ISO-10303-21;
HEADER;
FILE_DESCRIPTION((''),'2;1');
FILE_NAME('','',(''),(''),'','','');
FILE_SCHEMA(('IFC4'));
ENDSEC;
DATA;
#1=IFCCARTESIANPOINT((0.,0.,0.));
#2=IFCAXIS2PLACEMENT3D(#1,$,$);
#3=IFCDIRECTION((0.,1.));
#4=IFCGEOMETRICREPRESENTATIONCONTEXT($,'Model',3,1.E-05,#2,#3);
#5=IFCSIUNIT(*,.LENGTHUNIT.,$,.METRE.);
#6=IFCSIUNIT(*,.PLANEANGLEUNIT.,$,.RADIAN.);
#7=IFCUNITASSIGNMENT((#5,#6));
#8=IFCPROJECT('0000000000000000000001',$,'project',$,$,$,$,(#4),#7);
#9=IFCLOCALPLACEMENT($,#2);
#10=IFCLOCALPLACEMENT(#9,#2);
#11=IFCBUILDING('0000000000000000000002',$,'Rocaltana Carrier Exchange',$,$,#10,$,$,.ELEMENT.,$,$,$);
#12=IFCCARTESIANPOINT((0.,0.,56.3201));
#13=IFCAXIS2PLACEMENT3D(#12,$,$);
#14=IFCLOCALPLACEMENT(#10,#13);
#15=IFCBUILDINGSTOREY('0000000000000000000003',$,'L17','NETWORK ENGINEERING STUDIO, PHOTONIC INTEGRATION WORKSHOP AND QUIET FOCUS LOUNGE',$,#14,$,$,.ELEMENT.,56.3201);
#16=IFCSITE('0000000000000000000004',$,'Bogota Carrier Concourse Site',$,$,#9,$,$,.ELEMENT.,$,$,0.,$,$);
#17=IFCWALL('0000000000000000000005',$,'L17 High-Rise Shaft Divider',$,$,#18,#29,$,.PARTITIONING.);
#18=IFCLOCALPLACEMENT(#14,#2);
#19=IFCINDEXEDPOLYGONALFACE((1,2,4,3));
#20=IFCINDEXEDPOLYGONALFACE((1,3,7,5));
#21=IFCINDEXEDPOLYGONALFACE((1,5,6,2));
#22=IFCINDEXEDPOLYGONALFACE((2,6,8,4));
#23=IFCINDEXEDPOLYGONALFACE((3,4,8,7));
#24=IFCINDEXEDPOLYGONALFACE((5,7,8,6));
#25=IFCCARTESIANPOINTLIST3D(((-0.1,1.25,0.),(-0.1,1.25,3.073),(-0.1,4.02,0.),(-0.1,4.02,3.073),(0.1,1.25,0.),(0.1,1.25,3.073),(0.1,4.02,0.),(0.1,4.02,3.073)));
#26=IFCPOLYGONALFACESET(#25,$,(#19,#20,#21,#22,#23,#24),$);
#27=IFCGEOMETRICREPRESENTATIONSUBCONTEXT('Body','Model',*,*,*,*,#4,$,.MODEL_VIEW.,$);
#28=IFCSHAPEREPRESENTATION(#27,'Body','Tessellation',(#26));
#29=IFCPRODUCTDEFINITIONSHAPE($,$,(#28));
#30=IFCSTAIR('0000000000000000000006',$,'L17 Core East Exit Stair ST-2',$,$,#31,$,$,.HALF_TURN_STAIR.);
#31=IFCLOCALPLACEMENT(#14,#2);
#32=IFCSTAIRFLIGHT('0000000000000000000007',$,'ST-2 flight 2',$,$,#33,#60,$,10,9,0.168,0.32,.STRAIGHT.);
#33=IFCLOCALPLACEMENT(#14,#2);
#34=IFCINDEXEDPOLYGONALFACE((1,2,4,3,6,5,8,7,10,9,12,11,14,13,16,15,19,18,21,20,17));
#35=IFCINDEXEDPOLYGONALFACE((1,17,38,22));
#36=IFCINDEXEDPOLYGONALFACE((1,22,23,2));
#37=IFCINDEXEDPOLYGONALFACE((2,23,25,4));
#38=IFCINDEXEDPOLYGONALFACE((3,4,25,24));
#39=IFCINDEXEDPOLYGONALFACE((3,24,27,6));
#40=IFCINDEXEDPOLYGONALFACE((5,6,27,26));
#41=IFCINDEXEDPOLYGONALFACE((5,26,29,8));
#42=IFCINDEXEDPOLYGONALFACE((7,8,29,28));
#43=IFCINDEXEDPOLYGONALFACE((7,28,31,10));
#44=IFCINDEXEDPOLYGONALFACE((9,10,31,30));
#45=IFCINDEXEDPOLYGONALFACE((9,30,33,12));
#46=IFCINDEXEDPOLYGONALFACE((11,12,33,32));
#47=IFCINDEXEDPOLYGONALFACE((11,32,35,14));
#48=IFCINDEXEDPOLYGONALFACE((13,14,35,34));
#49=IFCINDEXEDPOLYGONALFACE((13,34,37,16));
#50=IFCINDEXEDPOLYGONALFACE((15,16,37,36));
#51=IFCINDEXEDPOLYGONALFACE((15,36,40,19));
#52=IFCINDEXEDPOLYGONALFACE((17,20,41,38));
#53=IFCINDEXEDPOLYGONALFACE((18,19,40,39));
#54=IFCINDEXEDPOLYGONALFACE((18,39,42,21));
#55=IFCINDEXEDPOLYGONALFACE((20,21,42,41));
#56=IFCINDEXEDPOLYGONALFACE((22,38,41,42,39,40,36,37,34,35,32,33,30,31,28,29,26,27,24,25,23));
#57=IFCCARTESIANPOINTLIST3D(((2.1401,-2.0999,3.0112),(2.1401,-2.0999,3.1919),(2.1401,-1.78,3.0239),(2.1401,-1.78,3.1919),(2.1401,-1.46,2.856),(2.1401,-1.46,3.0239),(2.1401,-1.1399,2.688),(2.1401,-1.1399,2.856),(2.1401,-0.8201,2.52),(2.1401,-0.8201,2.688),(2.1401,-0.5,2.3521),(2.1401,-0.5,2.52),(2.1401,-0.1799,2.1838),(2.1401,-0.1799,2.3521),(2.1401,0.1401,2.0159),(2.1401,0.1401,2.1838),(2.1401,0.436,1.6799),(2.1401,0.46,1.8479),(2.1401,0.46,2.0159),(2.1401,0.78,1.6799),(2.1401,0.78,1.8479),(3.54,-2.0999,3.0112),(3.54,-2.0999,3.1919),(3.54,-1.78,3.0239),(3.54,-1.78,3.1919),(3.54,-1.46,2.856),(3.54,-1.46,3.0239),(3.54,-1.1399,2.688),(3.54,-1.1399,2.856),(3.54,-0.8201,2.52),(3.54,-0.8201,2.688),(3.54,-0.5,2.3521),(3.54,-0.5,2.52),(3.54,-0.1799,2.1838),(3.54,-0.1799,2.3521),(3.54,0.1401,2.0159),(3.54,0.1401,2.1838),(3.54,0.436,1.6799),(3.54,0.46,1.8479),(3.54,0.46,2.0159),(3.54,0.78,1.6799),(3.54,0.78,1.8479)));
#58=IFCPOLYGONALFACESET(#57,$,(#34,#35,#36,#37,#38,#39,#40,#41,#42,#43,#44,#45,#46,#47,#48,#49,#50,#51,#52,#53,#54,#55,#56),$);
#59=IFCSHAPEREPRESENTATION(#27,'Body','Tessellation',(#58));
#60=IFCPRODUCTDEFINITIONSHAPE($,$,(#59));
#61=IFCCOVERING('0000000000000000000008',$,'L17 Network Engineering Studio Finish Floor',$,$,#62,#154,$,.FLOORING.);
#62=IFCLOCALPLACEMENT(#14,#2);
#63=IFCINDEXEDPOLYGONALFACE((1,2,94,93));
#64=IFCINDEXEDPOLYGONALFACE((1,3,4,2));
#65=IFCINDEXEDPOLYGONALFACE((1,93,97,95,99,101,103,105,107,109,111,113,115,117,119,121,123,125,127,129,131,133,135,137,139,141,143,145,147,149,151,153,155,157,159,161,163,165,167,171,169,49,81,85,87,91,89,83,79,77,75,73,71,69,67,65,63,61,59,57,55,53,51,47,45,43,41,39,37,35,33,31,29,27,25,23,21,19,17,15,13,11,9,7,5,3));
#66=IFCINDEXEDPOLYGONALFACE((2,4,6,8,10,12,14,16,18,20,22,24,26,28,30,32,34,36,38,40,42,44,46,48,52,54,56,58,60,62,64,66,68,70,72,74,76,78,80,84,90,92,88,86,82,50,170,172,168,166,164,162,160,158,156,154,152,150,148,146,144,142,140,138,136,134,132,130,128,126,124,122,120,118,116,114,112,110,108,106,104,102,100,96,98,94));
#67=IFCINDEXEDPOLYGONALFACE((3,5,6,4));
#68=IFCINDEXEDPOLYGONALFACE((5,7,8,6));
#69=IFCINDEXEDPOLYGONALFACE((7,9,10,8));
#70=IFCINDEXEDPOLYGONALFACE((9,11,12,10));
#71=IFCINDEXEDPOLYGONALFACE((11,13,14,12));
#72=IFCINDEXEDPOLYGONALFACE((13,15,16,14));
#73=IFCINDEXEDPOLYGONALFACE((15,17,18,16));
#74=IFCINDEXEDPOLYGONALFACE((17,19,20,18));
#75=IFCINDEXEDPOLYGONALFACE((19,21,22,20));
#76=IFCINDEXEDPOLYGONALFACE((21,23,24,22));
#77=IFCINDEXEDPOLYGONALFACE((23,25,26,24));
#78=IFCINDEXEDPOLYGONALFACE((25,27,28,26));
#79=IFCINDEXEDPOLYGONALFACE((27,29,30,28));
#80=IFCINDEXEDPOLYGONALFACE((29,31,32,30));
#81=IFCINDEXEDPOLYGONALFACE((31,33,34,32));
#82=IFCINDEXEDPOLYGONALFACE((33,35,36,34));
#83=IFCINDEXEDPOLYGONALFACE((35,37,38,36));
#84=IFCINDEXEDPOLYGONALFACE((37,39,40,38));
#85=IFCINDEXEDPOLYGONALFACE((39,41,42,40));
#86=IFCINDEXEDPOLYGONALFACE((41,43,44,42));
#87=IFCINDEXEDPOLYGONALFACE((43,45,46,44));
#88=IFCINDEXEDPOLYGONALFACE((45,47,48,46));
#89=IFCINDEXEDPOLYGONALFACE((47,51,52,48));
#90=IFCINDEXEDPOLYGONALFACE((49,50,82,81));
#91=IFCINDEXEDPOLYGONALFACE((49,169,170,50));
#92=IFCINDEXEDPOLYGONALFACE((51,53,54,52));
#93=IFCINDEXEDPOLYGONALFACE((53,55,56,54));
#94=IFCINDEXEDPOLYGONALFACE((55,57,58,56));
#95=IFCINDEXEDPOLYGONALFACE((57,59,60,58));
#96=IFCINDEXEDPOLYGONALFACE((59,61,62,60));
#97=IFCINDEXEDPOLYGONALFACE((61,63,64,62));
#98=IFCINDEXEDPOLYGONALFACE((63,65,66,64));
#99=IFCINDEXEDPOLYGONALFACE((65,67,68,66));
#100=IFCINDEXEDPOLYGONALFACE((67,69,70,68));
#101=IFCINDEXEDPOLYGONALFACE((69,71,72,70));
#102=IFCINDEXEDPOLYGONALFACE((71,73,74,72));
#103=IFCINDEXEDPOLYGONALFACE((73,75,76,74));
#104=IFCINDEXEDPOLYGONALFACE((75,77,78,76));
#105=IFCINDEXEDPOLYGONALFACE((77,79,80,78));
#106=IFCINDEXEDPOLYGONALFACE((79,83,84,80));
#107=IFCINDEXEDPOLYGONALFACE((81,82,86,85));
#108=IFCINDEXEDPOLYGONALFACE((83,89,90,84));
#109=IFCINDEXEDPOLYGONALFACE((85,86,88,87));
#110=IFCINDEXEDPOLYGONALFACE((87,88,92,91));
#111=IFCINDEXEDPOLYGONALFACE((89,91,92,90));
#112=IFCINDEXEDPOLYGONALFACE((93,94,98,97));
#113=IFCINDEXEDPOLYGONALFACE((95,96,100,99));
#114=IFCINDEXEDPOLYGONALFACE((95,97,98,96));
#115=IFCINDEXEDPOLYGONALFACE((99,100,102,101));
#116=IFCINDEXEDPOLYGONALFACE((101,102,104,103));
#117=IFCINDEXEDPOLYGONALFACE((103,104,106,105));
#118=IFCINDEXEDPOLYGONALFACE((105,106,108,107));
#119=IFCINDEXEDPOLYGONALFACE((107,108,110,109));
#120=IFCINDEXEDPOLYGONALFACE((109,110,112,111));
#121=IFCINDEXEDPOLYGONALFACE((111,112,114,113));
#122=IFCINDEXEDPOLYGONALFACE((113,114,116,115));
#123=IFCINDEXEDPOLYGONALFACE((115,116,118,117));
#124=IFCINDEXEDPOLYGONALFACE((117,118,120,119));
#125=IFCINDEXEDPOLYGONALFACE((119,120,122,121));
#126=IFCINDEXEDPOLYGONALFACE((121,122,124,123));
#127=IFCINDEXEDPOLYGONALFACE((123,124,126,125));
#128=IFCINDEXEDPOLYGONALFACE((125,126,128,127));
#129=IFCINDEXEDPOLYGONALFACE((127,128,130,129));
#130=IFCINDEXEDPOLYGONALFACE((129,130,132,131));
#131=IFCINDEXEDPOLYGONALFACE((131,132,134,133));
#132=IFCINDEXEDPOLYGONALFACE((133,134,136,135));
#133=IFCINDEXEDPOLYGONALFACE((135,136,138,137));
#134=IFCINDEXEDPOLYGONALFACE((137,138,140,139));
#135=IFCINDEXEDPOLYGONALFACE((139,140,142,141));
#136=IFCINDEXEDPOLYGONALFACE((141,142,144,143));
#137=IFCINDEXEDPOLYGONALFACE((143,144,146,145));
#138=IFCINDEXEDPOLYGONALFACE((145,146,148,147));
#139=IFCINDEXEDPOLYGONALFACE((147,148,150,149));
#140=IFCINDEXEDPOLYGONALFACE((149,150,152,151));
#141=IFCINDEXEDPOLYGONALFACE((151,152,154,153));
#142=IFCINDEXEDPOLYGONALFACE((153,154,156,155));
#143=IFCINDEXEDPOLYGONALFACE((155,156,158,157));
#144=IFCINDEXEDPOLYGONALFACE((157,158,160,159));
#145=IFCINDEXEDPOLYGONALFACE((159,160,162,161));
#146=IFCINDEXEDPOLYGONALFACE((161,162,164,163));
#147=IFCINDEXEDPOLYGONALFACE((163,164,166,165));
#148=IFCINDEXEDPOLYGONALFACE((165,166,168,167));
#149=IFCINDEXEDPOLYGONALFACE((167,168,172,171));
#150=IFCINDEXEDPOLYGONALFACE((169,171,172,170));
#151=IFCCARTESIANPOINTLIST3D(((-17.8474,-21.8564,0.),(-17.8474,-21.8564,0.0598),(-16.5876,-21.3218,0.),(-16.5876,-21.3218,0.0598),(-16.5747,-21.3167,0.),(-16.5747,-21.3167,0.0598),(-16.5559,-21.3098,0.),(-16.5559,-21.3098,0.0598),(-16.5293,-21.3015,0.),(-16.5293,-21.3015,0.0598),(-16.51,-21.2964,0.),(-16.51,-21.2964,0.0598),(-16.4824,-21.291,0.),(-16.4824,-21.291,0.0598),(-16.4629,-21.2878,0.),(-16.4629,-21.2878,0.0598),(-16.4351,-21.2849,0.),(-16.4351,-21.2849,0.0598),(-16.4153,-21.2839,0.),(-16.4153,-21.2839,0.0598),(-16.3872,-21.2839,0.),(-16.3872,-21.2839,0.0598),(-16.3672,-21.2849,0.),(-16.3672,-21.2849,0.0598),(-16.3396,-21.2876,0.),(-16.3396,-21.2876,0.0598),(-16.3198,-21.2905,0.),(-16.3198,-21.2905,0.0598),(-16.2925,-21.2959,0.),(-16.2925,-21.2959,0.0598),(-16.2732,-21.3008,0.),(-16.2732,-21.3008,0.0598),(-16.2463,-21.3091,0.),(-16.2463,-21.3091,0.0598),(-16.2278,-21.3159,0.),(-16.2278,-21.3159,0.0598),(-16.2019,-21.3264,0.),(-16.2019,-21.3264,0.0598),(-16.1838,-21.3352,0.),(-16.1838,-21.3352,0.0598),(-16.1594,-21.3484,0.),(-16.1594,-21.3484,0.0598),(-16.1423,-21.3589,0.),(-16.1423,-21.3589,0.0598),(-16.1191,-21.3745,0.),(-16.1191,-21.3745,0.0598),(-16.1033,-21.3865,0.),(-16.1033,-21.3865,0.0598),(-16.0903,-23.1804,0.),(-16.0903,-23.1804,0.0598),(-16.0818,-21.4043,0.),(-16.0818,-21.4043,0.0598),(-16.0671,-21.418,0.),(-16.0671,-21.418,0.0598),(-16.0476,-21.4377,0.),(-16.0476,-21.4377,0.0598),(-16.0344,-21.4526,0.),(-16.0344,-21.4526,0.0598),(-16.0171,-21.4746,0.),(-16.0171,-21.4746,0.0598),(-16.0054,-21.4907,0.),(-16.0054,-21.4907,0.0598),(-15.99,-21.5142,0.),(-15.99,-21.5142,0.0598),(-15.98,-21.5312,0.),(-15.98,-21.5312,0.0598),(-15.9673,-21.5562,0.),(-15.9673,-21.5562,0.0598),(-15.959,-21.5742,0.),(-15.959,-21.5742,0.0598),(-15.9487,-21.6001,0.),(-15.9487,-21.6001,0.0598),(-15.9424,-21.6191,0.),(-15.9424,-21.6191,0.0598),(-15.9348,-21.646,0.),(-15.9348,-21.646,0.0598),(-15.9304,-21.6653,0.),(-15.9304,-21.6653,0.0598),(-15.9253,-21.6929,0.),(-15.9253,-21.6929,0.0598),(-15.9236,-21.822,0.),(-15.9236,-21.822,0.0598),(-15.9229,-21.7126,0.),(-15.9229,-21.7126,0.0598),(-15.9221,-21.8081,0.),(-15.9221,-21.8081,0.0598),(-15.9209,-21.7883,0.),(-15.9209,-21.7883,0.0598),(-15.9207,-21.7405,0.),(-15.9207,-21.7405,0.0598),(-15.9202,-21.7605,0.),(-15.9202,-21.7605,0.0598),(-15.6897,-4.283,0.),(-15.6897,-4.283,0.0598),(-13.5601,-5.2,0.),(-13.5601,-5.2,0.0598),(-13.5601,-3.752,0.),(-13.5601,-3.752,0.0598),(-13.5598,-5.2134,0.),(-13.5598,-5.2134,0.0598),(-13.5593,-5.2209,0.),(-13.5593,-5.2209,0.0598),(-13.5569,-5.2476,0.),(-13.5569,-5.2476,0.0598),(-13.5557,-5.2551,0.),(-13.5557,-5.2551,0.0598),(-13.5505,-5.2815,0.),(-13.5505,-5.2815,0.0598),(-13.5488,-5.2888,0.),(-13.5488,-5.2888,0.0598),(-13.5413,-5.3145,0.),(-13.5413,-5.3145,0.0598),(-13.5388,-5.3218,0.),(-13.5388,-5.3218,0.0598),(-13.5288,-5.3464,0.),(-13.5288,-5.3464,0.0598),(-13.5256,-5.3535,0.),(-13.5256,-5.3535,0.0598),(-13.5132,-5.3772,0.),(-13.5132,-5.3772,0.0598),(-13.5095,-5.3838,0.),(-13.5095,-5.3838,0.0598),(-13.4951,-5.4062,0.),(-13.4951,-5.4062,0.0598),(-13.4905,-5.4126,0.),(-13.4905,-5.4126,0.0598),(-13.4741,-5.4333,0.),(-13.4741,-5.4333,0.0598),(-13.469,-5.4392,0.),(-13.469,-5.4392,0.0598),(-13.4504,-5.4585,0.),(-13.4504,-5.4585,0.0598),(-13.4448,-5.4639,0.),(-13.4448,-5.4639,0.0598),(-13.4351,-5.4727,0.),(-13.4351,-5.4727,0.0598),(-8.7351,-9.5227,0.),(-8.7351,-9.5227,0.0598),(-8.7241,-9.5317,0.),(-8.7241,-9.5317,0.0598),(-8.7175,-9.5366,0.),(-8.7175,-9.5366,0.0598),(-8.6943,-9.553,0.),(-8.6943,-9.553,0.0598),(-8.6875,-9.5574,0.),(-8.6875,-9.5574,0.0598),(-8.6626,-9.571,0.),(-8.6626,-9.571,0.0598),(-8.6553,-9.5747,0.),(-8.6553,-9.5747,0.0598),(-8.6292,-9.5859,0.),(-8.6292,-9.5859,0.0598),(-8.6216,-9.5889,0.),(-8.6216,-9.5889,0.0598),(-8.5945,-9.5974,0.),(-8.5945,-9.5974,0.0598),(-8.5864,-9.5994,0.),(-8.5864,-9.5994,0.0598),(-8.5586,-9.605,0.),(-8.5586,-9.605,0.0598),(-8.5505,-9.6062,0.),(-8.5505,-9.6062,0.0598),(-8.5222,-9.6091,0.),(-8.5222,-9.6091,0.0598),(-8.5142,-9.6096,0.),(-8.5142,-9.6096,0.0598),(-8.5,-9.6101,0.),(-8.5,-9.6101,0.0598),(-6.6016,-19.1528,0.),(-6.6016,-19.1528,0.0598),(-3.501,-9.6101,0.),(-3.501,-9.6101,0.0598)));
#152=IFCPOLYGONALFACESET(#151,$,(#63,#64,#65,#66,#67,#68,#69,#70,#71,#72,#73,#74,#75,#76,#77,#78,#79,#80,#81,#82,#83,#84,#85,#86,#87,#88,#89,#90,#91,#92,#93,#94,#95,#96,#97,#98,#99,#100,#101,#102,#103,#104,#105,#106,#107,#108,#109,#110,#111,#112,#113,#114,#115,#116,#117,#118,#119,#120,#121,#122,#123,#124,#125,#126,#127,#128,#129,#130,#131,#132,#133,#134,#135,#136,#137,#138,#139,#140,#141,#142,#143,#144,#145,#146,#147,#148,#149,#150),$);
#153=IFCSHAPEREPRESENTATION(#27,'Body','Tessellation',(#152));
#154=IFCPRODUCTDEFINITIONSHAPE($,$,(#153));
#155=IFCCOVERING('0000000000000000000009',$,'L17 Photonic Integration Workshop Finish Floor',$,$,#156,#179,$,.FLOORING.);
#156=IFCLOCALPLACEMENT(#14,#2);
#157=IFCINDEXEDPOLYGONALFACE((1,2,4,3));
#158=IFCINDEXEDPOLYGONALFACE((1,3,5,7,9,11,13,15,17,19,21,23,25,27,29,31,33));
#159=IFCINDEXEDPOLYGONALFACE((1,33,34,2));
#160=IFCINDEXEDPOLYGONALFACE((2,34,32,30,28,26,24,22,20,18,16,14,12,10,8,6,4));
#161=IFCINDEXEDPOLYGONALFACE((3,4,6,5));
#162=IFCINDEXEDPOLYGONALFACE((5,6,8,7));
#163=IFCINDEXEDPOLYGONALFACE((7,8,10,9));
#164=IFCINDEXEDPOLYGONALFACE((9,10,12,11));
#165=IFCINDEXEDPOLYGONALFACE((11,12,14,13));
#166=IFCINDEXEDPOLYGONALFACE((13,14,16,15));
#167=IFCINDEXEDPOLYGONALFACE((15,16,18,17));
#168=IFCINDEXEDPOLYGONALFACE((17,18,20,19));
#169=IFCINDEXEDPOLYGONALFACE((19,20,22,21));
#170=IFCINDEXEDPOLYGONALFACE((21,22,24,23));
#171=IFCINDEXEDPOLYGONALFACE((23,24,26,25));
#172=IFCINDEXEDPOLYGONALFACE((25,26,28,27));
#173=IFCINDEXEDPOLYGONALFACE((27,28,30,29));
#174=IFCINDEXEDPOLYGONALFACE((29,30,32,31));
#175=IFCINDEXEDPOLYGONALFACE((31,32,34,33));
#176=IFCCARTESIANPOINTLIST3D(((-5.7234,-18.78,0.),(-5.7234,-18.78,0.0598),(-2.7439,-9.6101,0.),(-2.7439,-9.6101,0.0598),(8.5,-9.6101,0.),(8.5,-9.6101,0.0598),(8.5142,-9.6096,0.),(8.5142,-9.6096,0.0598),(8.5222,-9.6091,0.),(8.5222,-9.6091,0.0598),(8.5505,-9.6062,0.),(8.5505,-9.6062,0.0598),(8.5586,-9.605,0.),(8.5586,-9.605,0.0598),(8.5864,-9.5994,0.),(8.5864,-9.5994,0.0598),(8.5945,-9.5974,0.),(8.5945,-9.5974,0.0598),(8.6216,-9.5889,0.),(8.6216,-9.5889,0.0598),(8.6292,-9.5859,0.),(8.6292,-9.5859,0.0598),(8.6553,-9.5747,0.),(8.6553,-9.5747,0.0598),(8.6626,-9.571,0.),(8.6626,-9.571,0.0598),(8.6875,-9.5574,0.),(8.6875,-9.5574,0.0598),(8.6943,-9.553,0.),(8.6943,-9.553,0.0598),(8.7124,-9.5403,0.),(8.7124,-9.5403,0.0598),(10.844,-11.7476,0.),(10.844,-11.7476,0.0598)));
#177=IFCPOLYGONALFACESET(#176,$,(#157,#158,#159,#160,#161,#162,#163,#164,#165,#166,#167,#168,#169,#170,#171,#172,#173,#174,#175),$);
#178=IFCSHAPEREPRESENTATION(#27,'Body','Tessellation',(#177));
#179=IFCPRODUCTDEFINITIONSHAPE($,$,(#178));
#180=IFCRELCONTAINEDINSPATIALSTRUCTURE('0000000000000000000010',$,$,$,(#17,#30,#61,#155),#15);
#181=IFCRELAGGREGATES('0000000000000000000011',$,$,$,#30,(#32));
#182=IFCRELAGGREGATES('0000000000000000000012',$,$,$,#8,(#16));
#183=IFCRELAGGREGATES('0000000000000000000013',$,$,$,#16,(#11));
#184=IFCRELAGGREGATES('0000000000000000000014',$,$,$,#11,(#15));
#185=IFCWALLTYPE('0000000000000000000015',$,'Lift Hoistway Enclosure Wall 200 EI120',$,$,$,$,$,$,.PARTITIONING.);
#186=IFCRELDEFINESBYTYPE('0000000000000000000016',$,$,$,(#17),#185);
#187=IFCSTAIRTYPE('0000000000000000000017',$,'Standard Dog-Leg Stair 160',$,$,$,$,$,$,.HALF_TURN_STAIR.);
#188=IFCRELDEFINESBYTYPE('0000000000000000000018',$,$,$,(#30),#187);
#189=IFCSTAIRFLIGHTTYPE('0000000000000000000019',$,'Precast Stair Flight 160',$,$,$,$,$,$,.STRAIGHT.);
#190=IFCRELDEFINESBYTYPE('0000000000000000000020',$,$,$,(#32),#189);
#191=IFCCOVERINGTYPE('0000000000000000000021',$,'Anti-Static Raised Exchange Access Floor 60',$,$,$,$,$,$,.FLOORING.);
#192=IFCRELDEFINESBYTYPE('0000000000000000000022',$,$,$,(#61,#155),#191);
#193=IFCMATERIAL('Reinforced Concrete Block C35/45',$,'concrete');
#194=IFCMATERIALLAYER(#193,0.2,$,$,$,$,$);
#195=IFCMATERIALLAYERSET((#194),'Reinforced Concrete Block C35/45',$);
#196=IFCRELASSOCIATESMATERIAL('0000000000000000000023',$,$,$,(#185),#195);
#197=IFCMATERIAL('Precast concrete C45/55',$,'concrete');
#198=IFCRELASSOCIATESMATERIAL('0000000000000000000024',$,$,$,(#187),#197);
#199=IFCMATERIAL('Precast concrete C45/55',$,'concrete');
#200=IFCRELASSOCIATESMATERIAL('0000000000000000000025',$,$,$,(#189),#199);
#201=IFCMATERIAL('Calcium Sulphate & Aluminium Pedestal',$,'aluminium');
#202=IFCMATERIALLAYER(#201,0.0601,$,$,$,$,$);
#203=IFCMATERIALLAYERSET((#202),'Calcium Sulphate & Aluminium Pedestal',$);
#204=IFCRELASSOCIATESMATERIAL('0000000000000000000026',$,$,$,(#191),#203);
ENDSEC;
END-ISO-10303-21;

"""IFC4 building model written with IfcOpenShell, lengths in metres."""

from ifc_helpers import new_model, si_unit, direction, frame, frame_2d, origin, place, context, subcontext, project, spatial, polyline, rectangle, outline, extrude, material, layer, layer_set, type_object, element, aggregate, save


model = new_model("IFC4")

# Units and contexts
model_context = context("Model", 3, precision=1e-05, world=origin(), true_north=direction((0.0, 1.0)))
body_context = subcontext(model_context, "Body", "Model", "MODEL_VIEW")
ifc_project = project(units=[si_unit("LENGTHUNIT", "METRE"), si_unit("PLANEANGLEUNIT", "RADIAN")], contexts=[model_context])

# Site, building, storey
site_placement = place(None, origin())
site = spatial("IfcSite", under=ifc_project, at=site_placement, Name="Bogota Carrier Concourse Site", CompositionType="ELEMENT", RefElevation=0.0)
building_placement = place(site_placement, origin())
building = spatial("IfcBuilding", under=site, at=building_placement, Name="Rocaltana Carrier Exchange", CompositionType="ELEMENT")
storey_placement = place(building_placement, frame((0.0, 0.0, 56.3201)))
storey = spatial("IfcBuildingStorey", under=building, at=storey_placement, Name="L17", Description="NETWORK ENGINEERING STUDIO, PHOTONIC INTEGRATION WORKSHOP AND QUIET FOCUS LOUNGE", CompositionType="ELEMENT", Elevation=56.3201)

# Wall
ifc_material_1 = material(Name="Reinforced Concrete Block C35/45", Category="concrete")
ifc_layer_1 = layer(ifc_material_1, 0.2)
ifc_layer_set_1 = layer_set([ifc_layer_1], Name="Reinforced Concrete Block C35/45")
wall_type = type_object("IfcWallType", Name="Lift Hoistway Enclosure Wall 200 EI120", PredefinedType="PARTITIONING", material=ifc_layer_set_1)
wall_placement = place(storey_placement, frame((0.0, 1.25, 0.0), z_axis=(0.0, 0.0, 1.0), x_axis=(0.0, 1.0, 0.0)))
element("IfcWall", 1, at=wall_placement, inside=storey, type_object=wall_type, Name="L17 High-Rise Shaft Divider", PredefinedType="PARTITIONING", context=body_context, shape_type="SweptSolid", body=[
    extrude(rectangle(XDim=2.77, YDim=0.2, at=frame_2d((1.385, 0.0))), origin(), (0.0, 0.0, 1.0), 3.073),
])

# Stair, stair flight
ifc_material_2 = material(Name="Precast concrete C45/55", Category="concrete")
stair_type = type_object("IfcStairType", Name="Standard Dog-Leg Stair 160", PredefinedType="HALF_TURN_STAIR", material=ifc_material_2)
stair_placement = place(storey_placement, origin())
stair = element("IfcStair", 2, at=stair_placement, inside=storey, type_object=stair_type, Name="L17 Core East Exit Stair ST-2", PredefinedType="HALF_TURN_STAIR")
ifc_material_3 = material(Name="Precast concrete C45/55", Category="concrete")
stair_flight_type = type_object("IfcStairFlightType", Name="Precast Stair Flight 160", PredefinedType="STRAIGHT", material=ifc_material_3)
stair_flight_placement = place(storey_placement, frame((2.8401, 0.78, 1.6799), z_axis=(0.0, 0.0, 1.0), x_axis=(0.0, -1.0, 0.0)))
stair_flight = element("IfcStairFlight", 3, at=stair_flight_placement, type_object=stair_flight_type, Name="ST-2 flight 2", NumberOfRisers=10, NumberOfTreads=9, PredefinedType="STRAIGHT", RiserHeight=0.168, TreadLength=0.32, context=body_context, shape_type="SweptSolid", body=[
    extrude(outline(polyline([(0.0, 0.0), (0.0, 0.168), (0.3201, 0.168), (0.3201, 0.3359), (0.6399, 0.3359), (0.6399, 0.5039), (0.96, 0.5039), (0.96, 0.6721), (1.28, 0.6721), (1.28, 0.8401), (1.6001, 0.8401), (1.6001, 1.0081), (1.9199, 1.0081), (1.9199, 1.176), (2.24, 1.176), (2.24, 1.344), (2.5601, 1.344), (2.5601, 1.512), (2.8799, 1.512), (2.8799, 1.6799), (2.8799, 1.3313), (0.344, 0.0), (0.0, 0.0)])), frame((0.0, 0.7, 0.0), z_axis=(0.0, -1.0, 0.0), x_axis=(1.0, 0.0, 0.0)), (0.0, 0.0, 1.0), 1.3999),
])
aggregate(stair, [stair_flight])

# Coverings
ifc_material_4 = material(Name="Calcium Sulphate & Aluminium Pedestal", Category="aluminium")
ifc_layer_2 = layer(ifc_material_4, 0.0601)
ifc_layer_set_2 = layer_set([ifc_layer_2], Name="Calcium Sulphate & Aluminium Pedestal")
covering_type_1 = type_object("IfcCoveringType", Name="Anti-Static Raised Exchange Access Floor 60", PredefinedType="FLOORING", material=ifc_layer_set_2)
covering_1_placement = place(storey_placement, origin())
element("IfcCovering", 4, at=covering_1_placement, inside=storey, type_object=covering_type_1, Name="L17 Network Engineering Studio Finish Floor", PredefinedType="FLOORING", context=body_context, shape_type="SweptSolid", body=[
    extrude(outline(polyline([(-15.9236, -21.822), (-15.9221, -21.8081), (-15.9209, -21.7883), (-15.9202, -21.7605), (-15.9207, -21.7405), (-15.9229, -21.7126), (-15.9253, -21.6929), (-15.9304, -21.6653), (-15.9348, -21.646), (-15.9424, -21.6191), (-15.9487, -21.6001), (-15.959, -21.5742), (-15.9673, -21.5562), (-15.98, -21.5312), (-15.99, -21.5142), (-16.0054, -21.4907), (-16.0171, -21.4746), (-16.0344, -21.4526), (-16.0476, -21.4377), (-16.0671, -21.418), (-16.0818, -21.4043), (-16.1033, -21.3865), (-16.1191, -21.3745), (-16.1423, -21.3589), (-16.1594, -21.3484), (-16.1838, -21.3352), (-16.2019, -21.3264), (-16.2278, -21.3159), (-16.2463, -21.3091), (-16.2732, -21.3008), (-16.2925, -21.2959), (-16.3198, -21.2905), (-16.3396, -21.2876), (-16.3672, -21.2849), (-16.3872, -21.2839), (-16.4153, -21.2839), (-16.4351, -21.2849), (-16.4629, -21.2878), (-16.4824, -21.291), (-16.51, -21.2964), (-16.5293, -21.3015), (-16.5559, -21.3098), (-16.5747, -21.3167), (-16.5876, -21.3218), (-17.8474, -21.8564), (-15.6897, -4.283), (-13.5601, -3.752), (-13.5601, -5.2), (-13.5598, -5.2134), (-13.5593, -5.2209), (-13.5569, -5.2476), (-13.5557, -5.2551), (-13.5505, -5.2815), (-13.5488, -5.2888), (-13.5413, -5.3145), (-13.5388, -5.3218), (-13.5288, -5.3464), (-13.5256, -5.3535), (-13.5132, -5.3772), (-13.5095, -5.3838), (-13.4951, -5.4062), (-13.4905, -5.4126), (-13.4741, -5.4333), (-13.469, -5.4392), (-13.4504, -5.4585), (-13.4448, -5.4639), (-13.4351, -5.4727), (-8.7351, -9.5227), (-8.7241, -9.5317), (-8.7175, -9.5366), (-8.6943, -9.553), (-8.6875, -9.5574), (-8.6626, -9.571), (-8.6553, -9.5747), (-8.6292, -9.5859), (-8.6216, -9.5889), (-8.5945, -9.5974), (-8.5864, -9.5994), (-8.5586, -9.605), (-8.5505, -9.6062), (-8.5222, -9.6091), (-8.5142, -9.6096), (-8.5, -9.6101), (-3.501, -9.6101), (-6.6016, -19.1528), (-16.0903, -23.1804), (-15.9236, -21.822)])), origin(), (0.0, 0.0, 1.0), 0.0598),
])
covering_2_placement = place(storey_placement, origin())
element("IfcCovering", 5, at=covering_2_placement, inside=storey, type_object=covering_type_1, Name="L17 Photonic Integration Workshop Finish Floor", PredefinedType="FLOORING", context=body_context, shape_type="SweptSolid", body=[
    extrude(outline(polyline([(-5.7234, -18.78), (-2.7439, -9.6101), (8.5, -9.6101), (8.5142, -9.6096), (8.5222, -9.6091), (8.5505, -9.6062), (8.5586, -9.605), (8.5864, -9.5994), (8.5945, -9.5974), (8.6216, -9.5889), (8.6292, -9.5859), (8.6553, -9.5747), (8.6626, -9.571), (8.6875, -9.5574), (8.6943, -9.553), (8.7124, -9.5403), (10.844, -11.7476), (-5.7234, -18.78)])), origin(), (0.0, 0.0, 1.0), 0.0598),
])

save(model, "model.ifc")
